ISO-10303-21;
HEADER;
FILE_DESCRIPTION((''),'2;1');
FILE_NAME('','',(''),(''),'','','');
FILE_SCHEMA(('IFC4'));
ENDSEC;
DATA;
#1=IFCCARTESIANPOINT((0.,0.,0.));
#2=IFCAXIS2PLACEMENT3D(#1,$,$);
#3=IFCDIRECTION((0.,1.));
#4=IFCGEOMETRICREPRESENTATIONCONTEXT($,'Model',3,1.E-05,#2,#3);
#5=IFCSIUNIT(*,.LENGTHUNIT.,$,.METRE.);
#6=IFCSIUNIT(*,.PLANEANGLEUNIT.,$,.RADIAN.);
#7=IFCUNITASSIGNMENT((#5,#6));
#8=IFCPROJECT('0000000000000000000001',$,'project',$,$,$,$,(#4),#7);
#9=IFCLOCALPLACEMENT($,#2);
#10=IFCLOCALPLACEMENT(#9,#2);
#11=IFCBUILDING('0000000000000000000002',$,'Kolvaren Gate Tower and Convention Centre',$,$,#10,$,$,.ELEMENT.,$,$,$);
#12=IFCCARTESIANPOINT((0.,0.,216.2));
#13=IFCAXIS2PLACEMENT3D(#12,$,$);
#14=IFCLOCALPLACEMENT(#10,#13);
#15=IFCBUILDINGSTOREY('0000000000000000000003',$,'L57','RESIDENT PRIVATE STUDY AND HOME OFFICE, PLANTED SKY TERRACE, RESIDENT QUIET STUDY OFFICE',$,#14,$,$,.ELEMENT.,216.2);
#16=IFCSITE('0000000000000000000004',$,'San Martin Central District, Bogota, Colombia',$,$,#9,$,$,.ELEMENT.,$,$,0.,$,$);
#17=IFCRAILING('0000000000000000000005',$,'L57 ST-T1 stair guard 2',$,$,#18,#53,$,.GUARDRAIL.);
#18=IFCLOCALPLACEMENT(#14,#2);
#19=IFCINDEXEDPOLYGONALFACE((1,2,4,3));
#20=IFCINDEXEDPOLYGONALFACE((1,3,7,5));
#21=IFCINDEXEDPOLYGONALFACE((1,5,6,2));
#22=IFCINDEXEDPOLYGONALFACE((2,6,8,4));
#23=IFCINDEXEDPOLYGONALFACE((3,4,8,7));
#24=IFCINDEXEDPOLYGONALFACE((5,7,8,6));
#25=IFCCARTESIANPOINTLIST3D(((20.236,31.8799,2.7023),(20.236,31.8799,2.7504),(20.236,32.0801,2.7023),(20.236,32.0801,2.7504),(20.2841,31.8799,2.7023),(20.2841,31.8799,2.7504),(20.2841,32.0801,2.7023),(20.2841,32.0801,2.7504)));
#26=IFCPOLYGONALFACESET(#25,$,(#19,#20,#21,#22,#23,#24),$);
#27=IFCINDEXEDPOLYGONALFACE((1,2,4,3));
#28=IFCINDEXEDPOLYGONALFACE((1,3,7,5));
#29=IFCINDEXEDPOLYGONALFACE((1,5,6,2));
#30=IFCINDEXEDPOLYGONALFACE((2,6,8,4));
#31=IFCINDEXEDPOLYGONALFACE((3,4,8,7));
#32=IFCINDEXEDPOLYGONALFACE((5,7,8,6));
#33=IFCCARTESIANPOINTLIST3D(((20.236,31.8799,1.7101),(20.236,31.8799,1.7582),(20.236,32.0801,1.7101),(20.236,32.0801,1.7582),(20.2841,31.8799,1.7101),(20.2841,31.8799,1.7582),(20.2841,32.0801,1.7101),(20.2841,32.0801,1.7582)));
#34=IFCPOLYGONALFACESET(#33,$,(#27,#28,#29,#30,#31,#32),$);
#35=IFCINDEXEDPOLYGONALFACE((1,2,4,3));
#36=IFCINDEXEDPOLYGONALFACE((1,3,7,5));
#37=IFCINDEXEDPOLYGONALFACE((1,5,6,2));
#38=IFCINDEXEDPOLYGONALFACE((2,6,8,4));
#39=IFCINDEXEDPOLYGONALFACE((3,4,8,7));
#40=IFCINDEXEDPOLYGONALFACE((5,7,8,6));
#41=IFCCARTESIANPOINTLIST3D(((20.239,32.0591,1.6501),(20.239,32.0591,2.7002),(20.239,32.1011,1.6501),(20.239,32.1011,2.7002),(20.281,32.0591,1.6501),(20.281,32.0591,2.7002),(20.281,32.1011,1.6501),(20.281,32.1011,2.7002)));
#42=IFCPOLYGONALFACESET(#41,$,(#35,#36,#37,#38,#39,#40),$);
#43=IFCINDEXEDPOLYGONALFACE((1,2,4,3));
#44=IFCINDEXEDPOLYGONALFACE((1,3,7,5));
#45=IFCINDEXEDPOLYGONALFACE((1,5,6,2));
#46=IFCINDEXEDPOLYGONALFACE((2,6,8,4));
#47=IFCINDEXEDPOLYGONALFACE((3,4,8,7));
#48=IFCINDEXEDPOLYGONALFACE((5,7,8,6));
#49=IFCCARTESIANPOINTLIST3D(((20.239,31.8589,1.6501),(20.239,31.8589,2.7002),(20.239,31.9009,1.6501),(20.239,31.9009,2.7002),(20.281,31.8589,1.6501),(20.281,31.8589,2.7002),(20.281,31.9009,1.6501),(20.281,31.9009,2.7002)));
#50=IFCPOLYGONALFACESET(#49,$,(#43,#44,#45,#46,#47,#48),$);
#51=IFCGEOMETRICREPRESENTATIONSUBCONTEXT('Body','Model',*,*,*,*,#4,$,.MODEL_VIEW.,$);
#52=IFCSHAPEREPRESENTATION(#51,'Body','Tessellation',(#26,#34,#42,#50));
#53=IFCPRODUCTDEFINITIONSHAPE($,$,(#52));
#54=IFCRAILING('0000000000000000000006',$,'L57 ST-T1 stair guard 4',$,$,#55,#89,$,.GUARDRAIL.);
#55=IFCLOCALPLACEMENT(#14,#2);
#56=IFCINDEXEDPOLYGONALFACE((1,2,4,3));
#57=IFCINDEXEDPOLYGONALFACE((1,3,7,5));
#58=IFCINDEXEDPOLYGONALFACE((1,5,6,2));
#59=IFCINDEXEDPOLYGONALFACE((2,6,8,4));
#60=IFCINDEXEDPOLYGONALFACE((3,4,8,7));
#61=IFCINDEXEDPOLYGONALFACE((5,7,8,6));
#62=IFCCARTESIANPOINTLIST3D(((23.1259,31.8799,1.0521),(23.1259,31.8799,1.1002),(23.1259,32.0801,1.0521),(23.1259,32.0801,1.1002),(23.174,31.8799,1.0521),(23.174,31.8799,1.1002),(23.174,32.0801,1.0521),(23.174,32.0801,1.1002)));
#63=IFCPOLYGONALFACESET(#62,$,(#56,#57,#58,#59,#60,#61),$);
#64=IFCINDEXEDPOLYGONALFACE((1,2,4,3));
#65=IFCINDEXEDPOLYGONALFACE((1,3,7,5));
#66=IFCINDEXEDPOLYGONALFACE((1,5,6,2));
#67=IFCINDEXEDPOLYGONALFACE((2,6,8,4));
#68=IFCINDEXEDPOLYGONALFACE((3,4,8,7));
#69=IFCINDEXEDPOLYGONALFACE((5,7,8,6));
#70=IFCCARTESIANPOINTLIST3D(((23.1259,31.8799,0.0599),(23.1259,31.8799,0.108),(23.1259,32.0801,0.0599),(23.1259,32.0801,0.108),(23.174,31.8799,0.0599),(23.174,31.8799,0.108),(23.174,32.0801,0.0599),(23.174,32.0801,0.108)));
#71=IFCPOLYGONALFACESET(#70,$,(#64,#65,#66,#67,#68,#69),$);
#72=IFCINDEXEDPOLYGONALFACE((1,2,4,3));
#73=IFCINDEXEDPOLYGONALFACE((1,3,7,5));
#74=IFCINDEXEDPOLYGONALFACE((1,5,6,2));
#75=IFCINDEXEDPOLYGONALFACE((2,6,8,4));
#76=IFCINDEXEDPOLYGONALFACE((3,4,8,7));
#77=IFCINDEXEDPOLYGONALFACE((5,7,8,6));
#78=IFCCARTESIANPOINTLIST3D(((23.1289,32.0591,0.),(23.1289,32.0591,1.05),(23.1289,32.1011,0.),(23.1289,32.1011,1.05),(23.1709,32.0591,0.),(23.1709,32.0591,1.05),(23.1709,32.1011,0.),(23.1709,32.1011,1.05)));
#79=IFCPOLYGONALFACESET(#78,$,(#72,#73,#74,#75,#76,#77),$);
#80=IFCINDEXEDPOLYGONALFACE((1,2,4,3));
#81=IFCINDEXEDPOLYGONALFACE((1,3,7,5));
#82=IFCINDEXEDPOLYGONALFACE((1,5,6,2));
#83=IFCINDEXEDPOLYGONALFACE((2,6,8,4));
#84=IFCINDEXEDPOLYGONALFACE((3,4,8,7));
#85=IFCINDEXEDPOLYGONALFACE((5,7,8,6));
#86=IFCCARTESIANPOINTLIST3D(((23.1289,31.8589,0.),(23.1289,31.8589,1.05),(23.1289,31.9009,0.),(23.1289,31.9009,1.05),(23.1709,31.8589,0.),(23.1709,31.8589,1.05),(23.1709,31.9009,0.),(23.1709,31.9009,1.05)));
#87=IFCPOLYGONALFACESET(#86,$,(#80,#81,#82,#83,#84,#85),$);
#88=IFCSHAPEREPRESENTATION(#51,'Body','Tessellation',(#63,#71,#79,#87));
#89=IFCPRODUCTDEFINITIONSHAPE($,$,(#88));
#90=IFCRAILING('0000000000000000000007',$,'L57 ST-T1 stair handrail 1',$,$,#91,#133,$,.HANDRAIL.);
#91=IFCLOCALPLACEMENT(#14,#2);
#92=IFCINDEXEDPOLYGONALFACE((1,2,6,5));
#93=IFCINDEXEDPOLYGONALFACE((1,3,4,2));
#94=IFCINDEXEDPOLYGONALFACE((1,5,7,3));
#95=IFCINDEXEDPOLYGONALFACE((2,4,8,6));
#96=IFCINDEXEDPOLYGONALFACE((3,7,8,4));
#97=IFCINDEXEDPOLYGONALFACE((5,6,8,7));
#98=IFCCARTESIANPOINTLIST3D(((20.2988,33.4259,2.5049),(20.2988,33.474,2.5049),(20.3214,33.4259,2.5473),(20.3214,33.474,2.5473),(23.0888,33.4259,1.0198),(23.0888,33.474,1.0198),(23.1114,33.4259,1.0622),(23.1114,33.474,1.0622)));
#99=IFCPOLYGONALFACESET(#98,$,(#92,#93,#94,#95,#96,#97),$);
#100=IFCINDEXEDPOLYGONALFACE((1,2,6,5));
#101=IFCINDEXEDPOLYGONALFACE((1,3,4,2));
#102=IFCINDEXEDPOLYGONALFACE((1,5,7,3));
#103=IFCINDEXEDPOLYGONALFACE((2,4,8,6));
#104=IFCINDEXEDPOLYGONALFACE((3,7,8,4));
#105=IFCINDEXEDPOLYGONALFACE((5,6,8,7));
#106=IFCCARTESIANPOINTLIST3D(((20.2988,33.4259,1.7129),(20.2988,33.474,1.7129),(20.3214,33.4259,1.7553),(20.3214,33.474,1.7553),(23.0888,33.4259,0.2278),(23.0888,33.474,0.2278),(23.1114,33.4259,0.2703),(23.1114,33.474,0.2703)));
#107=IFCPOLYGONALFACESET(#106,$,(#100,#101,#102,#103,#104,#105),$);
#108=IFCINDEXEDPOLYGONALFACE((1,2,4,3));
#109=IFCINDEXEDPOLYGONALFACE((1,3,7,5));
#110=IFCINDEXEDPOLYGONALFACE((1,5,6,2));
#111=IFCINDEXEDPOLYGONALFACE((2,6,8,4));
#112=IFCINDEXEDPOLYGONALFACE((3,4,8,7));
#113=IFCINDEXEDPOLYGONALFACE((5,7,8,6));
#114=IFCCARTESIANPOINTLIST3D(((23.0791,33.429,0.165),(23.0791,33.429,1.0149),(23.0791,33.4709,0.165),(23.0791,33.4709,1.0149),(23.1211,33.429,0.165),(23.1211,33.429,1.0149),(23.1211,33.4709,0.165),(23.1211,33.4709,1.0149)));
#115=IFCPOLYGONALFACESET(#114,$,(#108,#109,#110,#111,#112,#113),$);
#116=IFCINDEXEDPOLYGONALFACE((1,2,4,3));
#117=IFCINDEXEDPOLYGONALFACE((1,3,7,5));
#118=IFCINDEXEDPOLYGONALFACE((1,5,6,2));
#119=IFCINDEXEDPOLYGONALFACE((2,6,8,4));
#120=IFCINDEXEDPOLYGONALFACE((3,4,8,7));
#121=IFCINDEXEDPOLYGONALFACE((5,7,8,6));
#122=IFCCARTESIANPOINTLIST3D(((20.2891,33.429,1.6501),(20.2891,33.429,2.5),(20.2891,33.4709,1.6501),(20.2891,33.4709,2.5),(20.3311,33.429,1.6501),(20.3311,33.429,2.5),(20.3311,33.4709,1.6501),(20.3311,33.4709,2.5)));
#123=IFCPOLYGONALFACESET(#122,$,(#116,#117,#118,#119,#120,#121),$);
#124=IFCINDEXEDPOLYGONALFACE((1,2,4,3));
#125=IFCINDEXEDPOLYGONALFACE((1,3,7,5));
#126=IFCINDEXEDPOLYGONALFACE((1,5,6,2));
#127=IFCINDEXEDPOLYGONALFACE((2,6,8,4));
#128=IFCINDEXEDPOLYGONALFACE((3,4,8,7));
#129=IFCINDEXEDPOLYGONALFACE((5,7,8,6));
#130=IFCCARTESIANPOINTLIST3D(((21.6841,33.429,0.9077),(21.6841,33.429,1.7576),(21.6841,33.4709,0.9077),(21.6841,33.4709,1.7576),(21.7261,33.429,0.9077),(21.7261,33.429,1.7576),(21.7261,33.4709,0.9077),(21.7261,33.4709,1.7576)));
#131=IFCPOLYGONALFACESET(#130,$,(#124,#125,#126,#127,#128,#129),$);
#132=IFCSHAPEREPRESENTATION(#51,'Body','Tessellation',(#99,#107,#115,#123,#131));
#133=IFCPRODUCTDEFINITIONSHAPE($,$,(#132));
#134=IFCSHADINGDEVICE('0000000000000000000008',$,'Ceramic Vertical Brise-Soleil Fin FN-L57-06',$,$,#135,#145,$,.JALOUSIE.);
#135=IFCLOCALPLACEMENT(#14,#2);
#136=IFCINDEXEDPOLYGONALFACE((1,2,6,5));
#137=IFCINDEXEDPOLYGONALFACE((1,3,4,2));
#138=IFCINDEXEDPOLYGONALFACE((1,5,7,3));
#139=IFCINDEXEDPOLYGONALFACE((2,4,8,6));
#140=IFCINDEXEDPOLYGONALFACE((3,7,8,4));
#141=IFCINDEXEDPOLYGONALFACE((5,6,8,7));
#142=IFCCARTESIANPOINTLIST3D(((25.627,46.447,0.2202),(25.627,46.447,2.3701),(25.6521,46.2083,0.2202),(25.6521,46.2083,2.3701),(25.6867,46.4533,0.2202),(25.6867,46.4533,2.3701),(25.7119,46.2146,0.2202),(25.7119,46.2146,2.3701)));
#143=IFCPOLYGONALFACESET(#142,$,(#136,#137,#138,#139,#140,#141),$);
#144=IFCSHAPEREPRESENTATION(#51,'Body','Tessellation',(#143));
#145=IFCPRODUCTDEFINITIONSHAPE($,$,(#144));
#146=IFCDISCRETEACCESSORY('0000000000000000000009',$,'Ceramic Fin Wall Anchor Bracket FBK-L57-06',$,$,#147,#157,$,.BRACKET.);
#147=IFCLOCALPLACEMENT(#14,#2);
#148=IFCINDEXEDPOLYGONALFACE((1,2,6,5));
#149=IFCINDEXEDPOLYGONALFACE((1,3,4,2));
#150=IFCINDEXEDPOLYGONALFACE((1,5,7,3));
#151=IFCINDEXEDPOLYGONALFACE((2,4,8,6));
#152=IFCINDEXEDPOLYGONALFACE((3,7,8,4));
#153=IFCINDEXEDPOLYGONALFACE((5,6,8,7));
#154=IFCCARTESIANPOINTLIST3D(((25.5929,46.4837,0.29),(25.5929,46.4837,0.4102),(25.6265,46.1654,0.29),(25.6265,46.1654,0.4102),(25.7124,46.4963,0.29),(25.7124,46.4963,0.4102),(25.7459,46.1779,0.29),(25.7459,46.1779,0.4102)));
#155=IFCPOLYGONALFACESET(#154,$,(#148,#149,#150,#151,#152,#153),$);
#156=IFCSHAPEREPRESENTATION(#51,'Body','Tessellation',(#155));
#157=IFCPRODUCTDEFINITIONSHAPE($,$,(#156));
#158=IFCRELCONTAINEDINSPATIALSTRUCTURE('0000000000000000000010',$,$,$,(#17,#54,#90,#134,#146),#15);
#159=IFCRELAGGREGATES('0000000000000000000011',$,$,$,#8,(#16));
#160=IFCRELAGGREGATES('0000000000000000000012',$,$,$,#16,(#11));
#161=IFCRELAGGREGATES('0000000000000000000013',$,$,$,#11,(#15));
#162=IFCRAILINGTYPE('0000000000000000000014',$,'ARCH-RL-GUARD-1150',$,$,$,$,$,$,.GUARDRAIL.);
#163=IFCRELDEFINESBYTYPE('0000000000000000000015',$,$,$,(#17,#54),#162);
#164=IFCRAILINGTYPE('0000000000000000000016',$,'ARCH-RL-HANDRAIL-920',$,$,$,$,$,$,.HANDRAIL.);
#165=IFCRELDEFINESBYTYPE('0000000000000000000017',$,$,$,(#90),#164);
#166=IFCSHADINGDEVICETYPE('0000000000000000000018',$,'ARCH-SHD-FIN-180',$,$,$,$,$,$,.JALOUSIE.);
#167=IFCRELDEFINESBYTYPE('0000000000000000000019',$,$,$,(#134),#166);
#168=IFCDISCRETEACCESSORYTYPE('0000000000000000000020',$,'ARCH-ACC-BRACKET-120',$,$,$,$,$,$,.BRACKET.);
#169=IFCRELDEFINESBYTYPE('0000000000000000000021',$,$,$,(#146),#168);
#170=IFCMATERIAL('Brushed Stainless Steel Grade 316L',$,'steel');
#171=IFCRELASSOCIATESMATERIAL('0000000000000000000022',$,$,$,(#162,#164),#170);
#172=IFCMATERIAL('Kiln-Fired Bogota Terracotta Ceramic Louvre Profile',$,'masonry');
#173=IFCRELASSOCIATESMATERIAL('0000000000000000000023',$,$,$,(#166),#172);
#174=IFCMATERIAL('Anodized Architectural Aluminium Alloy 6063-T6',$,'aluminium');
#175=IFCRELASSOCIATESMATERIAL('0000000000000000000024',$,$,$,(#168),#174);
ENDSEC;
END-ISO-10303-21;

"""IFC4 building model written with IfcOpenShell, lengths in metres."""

from ifc_helpers import new_model, si_unit, direction, frame, origin, origin_2d, place, context, subcontext, project, spatial, rectangle, extrude, material, type_object, element, save


model = new_model("IFC4")

# Units and contexts
model_context = context("Model", 3, precision=1e-05, world=origin(), true_north=direction((0.0, 1.0)))
body_context = subcontext(model_context, "Body", "Model", "MODEL_VIEW")
ifc_project = project(units=[si_unit("LENGTHUNIT", "METRE"), si_unit("PLANEANGLEUNIT", "RADIAN")], contexts=[model_context])

# Site, building, storey
site_placement = place(None, origin())
site = spatial("IfcSite", under=ifc_project, at=site_placement, Name="San Martin Central District, Bogota, Colombia", CompositionType="ELEMENT", RefElevation=0.0)
building_placement = place(site_placement, origin())
building = spatial("IfcBuilding", under=site, at=building_placement, Name="Kolvaren Gate Tower and Convention Centre", CompositionType="ELEMENT")
storey_placement = place(building_placement, frame((0.0, 0.0, 216.2)))
storey = spatial("IfcBuildingStorey", under=building, at=storey_placement, Name="L57", Description="RESIDENT PRIVATE STUDY AND HOME OFFICE, PLANTED SKY TERRACE, RESIDENT QUIET STUDY OFFICE", CompositionType="ELEMENT", Elevation=216.2)

# Railings
ifc_material_1 = material(Name="Brushed Stainless Steel Grade 316L", Category="steel")
railing_type_1 = type_object("IfcRailingType", Name="ARCH-RL-GUARD-1150", PredefinedType="GUARDRAIL", material=ifc_material_1)
for number, where, name in (
    (1, (20.26, 32.0801, 1.6501), "L57 ST-T1 stair guard 2"),
    (2, (23.1499, 32.0801, 0.0), "L57 ST-T1 stair guard 4"),
):
    element("IfcRailing", number, at=place(storey_placement, frame(where)), inside=storey, type_object=railing_type_1, Name=name, PredefinedType="GUARDRAIL", context=body_context, shape_type="SweptSolid", body=[
        extrude(rectangle(XDim=0.0481, YDim=0.0481, at=origin_2d()), frame((0.0, 0.0, 1.0762), z_axis=(0.0, -1.0, 0.0), x_axis=(1.0, 0.0, 0.0)), (0.0, 0.0, 1.0), 0.2002),
        extrude(rectangle(XDim=0.0481, YDim=0.0481, at=origin_2d()), frame((0.0, 0.0, 0.084), z_axis=(0.0, -1.0, 0.0), x_axis=(1.0, 0.0, 0.0)), (0.0, 0.0, 1.0), 0.2002),
        extrude(rectangle(XDim=0.042, YDim=0.042, at=origin_2d()), origin(), (0.0, 0.0, 1.0), 1.05),
        extrude(rectangle(XDim=0.042, YDim=0.042, at=origin_2d()), frame((0.0, -0.2002, 0.0)), (0.0, 0.0, 1.0), 1.05),
    ])
railing_type_2 = type_object("IfcRailingType", Name="ARCH-RL-HANDRAIL-920", PredefinedType="HANDRAIL", material=ifc_material_1)
railing_1_placement = place(storey_placement, frame((23.1001, 33.45, 0.165)))
element("IfcRailing", 3, at=railing_1_placement, inside=storey, type_object=railing_type_2, Name="L57 ST-T1 stair handrail 1", PredefinedType="HANDRAIL", context=body_context, shape_type="SweptSolid", body=[
    extrude(rectangle(XDim=0.0481, YDim=0.0481, at=origin_2d()), frame((0.0, 0.0, 0.876), z_axis=(-0.882735, 0.0, 0.46987), x_axis=(0.0, -1.0, 0.0)), (0.0, 0.0, 1.0), 3.1606),
    extrude(rectangle(XDim=0.0481, YDim=0.0481, at=origin_2d()), frame((0.0, 0.0, 0.084), z_axis=(-0.882735, 0.0, 0.46987), x_axis=(0.0, -1.0, 0.0)), (0.0, 0.0, 1.0), 3.1606),
    extrude(rectangle(XDim=0.042, YDim=0.042, at=origin_2d()), origin(), (0.0, 0.0, 1.0), 0.8499),
    extrude(rectangle(XDim=0.042, YDim=0.042, at=origin_2d()), frame((-2.79, 0.0, 1.4851)), (0.0, 0.0, 1.0), 0.8499),
    extrude(rectangle(XDim=0.042, YDim=0.042, at=origin_2d()), frame((-1.395, 0.0, 0.7427)), (0.0, 0.0, 1.0), 0.8499),
])

# Shading device
ifc_material_2 = material(Name="Kiln-Fired Bogota Terracotta Ceramic Louvre Profile", Category="masonry")
shading_device_type = type_object("IfcShadingDeviceType", Name="ARCH-SHD-FIN-180", PredefinedType="JALOUSIE", material=ifc_material_2)
shading_device_placement = place(storey_placement, frame((25.6694, 46.3308, 0.2202), z_axis=(0.0, 0.0, 1.0), x_axis=(0.994499, 0.104747, 0.0)))
element("IfcShadingDevice", 4, at=shading_device_placement, inside=storey, type_object=shading_device_type, Name="Ceramic Vertical Brise-Soleil Fin FN-L57-06", PredefinedType="JALOUSIE", context=body_context, shape_type="SweptSolid", body=[
    extrude(rectangle(XDim=0.0601, YDim=0.24, at=origin_2d()), origin(), (0.0, 0.0, 1.0), 2.1499),
])

# Discrete accessory
ifc_material_3 = material(Name="Anodized Architectural Aluminium Alloy 6063-T6", Category="aluminium")
discrete_accessory_type = type_object("IfcDiscreteAccessoryType", Name="ARCH-ACC-BRACKET-120", PredefinedType="BRACKET", material=ifc_material_3)
discrete_accessory_placement = place(storey_placement, frame((25.6694, 46.3308, 0.29), z_axis=(0.0, 0.0, 1.0), x_axis=(0.994499, 0.104747, 0.0)))
element("IfcDiscreteAccessory", 5, at=discrete_accessory_placement, inside=storey, type_object=discrete_accessory_type, Name="Ceramic Fin Wall Anchor Bracket FBK-L57-06", PredefinedType="BRACKET", context=body_context, shape_type="SweptSolid", body=[
    extrude(rectangle(XDim=0.1201, YDim=0.3201, at=origin_2d()), origin(), (0.0, 0.0, 1.0), 0.1201),
])

save(model, "model.ifc")
